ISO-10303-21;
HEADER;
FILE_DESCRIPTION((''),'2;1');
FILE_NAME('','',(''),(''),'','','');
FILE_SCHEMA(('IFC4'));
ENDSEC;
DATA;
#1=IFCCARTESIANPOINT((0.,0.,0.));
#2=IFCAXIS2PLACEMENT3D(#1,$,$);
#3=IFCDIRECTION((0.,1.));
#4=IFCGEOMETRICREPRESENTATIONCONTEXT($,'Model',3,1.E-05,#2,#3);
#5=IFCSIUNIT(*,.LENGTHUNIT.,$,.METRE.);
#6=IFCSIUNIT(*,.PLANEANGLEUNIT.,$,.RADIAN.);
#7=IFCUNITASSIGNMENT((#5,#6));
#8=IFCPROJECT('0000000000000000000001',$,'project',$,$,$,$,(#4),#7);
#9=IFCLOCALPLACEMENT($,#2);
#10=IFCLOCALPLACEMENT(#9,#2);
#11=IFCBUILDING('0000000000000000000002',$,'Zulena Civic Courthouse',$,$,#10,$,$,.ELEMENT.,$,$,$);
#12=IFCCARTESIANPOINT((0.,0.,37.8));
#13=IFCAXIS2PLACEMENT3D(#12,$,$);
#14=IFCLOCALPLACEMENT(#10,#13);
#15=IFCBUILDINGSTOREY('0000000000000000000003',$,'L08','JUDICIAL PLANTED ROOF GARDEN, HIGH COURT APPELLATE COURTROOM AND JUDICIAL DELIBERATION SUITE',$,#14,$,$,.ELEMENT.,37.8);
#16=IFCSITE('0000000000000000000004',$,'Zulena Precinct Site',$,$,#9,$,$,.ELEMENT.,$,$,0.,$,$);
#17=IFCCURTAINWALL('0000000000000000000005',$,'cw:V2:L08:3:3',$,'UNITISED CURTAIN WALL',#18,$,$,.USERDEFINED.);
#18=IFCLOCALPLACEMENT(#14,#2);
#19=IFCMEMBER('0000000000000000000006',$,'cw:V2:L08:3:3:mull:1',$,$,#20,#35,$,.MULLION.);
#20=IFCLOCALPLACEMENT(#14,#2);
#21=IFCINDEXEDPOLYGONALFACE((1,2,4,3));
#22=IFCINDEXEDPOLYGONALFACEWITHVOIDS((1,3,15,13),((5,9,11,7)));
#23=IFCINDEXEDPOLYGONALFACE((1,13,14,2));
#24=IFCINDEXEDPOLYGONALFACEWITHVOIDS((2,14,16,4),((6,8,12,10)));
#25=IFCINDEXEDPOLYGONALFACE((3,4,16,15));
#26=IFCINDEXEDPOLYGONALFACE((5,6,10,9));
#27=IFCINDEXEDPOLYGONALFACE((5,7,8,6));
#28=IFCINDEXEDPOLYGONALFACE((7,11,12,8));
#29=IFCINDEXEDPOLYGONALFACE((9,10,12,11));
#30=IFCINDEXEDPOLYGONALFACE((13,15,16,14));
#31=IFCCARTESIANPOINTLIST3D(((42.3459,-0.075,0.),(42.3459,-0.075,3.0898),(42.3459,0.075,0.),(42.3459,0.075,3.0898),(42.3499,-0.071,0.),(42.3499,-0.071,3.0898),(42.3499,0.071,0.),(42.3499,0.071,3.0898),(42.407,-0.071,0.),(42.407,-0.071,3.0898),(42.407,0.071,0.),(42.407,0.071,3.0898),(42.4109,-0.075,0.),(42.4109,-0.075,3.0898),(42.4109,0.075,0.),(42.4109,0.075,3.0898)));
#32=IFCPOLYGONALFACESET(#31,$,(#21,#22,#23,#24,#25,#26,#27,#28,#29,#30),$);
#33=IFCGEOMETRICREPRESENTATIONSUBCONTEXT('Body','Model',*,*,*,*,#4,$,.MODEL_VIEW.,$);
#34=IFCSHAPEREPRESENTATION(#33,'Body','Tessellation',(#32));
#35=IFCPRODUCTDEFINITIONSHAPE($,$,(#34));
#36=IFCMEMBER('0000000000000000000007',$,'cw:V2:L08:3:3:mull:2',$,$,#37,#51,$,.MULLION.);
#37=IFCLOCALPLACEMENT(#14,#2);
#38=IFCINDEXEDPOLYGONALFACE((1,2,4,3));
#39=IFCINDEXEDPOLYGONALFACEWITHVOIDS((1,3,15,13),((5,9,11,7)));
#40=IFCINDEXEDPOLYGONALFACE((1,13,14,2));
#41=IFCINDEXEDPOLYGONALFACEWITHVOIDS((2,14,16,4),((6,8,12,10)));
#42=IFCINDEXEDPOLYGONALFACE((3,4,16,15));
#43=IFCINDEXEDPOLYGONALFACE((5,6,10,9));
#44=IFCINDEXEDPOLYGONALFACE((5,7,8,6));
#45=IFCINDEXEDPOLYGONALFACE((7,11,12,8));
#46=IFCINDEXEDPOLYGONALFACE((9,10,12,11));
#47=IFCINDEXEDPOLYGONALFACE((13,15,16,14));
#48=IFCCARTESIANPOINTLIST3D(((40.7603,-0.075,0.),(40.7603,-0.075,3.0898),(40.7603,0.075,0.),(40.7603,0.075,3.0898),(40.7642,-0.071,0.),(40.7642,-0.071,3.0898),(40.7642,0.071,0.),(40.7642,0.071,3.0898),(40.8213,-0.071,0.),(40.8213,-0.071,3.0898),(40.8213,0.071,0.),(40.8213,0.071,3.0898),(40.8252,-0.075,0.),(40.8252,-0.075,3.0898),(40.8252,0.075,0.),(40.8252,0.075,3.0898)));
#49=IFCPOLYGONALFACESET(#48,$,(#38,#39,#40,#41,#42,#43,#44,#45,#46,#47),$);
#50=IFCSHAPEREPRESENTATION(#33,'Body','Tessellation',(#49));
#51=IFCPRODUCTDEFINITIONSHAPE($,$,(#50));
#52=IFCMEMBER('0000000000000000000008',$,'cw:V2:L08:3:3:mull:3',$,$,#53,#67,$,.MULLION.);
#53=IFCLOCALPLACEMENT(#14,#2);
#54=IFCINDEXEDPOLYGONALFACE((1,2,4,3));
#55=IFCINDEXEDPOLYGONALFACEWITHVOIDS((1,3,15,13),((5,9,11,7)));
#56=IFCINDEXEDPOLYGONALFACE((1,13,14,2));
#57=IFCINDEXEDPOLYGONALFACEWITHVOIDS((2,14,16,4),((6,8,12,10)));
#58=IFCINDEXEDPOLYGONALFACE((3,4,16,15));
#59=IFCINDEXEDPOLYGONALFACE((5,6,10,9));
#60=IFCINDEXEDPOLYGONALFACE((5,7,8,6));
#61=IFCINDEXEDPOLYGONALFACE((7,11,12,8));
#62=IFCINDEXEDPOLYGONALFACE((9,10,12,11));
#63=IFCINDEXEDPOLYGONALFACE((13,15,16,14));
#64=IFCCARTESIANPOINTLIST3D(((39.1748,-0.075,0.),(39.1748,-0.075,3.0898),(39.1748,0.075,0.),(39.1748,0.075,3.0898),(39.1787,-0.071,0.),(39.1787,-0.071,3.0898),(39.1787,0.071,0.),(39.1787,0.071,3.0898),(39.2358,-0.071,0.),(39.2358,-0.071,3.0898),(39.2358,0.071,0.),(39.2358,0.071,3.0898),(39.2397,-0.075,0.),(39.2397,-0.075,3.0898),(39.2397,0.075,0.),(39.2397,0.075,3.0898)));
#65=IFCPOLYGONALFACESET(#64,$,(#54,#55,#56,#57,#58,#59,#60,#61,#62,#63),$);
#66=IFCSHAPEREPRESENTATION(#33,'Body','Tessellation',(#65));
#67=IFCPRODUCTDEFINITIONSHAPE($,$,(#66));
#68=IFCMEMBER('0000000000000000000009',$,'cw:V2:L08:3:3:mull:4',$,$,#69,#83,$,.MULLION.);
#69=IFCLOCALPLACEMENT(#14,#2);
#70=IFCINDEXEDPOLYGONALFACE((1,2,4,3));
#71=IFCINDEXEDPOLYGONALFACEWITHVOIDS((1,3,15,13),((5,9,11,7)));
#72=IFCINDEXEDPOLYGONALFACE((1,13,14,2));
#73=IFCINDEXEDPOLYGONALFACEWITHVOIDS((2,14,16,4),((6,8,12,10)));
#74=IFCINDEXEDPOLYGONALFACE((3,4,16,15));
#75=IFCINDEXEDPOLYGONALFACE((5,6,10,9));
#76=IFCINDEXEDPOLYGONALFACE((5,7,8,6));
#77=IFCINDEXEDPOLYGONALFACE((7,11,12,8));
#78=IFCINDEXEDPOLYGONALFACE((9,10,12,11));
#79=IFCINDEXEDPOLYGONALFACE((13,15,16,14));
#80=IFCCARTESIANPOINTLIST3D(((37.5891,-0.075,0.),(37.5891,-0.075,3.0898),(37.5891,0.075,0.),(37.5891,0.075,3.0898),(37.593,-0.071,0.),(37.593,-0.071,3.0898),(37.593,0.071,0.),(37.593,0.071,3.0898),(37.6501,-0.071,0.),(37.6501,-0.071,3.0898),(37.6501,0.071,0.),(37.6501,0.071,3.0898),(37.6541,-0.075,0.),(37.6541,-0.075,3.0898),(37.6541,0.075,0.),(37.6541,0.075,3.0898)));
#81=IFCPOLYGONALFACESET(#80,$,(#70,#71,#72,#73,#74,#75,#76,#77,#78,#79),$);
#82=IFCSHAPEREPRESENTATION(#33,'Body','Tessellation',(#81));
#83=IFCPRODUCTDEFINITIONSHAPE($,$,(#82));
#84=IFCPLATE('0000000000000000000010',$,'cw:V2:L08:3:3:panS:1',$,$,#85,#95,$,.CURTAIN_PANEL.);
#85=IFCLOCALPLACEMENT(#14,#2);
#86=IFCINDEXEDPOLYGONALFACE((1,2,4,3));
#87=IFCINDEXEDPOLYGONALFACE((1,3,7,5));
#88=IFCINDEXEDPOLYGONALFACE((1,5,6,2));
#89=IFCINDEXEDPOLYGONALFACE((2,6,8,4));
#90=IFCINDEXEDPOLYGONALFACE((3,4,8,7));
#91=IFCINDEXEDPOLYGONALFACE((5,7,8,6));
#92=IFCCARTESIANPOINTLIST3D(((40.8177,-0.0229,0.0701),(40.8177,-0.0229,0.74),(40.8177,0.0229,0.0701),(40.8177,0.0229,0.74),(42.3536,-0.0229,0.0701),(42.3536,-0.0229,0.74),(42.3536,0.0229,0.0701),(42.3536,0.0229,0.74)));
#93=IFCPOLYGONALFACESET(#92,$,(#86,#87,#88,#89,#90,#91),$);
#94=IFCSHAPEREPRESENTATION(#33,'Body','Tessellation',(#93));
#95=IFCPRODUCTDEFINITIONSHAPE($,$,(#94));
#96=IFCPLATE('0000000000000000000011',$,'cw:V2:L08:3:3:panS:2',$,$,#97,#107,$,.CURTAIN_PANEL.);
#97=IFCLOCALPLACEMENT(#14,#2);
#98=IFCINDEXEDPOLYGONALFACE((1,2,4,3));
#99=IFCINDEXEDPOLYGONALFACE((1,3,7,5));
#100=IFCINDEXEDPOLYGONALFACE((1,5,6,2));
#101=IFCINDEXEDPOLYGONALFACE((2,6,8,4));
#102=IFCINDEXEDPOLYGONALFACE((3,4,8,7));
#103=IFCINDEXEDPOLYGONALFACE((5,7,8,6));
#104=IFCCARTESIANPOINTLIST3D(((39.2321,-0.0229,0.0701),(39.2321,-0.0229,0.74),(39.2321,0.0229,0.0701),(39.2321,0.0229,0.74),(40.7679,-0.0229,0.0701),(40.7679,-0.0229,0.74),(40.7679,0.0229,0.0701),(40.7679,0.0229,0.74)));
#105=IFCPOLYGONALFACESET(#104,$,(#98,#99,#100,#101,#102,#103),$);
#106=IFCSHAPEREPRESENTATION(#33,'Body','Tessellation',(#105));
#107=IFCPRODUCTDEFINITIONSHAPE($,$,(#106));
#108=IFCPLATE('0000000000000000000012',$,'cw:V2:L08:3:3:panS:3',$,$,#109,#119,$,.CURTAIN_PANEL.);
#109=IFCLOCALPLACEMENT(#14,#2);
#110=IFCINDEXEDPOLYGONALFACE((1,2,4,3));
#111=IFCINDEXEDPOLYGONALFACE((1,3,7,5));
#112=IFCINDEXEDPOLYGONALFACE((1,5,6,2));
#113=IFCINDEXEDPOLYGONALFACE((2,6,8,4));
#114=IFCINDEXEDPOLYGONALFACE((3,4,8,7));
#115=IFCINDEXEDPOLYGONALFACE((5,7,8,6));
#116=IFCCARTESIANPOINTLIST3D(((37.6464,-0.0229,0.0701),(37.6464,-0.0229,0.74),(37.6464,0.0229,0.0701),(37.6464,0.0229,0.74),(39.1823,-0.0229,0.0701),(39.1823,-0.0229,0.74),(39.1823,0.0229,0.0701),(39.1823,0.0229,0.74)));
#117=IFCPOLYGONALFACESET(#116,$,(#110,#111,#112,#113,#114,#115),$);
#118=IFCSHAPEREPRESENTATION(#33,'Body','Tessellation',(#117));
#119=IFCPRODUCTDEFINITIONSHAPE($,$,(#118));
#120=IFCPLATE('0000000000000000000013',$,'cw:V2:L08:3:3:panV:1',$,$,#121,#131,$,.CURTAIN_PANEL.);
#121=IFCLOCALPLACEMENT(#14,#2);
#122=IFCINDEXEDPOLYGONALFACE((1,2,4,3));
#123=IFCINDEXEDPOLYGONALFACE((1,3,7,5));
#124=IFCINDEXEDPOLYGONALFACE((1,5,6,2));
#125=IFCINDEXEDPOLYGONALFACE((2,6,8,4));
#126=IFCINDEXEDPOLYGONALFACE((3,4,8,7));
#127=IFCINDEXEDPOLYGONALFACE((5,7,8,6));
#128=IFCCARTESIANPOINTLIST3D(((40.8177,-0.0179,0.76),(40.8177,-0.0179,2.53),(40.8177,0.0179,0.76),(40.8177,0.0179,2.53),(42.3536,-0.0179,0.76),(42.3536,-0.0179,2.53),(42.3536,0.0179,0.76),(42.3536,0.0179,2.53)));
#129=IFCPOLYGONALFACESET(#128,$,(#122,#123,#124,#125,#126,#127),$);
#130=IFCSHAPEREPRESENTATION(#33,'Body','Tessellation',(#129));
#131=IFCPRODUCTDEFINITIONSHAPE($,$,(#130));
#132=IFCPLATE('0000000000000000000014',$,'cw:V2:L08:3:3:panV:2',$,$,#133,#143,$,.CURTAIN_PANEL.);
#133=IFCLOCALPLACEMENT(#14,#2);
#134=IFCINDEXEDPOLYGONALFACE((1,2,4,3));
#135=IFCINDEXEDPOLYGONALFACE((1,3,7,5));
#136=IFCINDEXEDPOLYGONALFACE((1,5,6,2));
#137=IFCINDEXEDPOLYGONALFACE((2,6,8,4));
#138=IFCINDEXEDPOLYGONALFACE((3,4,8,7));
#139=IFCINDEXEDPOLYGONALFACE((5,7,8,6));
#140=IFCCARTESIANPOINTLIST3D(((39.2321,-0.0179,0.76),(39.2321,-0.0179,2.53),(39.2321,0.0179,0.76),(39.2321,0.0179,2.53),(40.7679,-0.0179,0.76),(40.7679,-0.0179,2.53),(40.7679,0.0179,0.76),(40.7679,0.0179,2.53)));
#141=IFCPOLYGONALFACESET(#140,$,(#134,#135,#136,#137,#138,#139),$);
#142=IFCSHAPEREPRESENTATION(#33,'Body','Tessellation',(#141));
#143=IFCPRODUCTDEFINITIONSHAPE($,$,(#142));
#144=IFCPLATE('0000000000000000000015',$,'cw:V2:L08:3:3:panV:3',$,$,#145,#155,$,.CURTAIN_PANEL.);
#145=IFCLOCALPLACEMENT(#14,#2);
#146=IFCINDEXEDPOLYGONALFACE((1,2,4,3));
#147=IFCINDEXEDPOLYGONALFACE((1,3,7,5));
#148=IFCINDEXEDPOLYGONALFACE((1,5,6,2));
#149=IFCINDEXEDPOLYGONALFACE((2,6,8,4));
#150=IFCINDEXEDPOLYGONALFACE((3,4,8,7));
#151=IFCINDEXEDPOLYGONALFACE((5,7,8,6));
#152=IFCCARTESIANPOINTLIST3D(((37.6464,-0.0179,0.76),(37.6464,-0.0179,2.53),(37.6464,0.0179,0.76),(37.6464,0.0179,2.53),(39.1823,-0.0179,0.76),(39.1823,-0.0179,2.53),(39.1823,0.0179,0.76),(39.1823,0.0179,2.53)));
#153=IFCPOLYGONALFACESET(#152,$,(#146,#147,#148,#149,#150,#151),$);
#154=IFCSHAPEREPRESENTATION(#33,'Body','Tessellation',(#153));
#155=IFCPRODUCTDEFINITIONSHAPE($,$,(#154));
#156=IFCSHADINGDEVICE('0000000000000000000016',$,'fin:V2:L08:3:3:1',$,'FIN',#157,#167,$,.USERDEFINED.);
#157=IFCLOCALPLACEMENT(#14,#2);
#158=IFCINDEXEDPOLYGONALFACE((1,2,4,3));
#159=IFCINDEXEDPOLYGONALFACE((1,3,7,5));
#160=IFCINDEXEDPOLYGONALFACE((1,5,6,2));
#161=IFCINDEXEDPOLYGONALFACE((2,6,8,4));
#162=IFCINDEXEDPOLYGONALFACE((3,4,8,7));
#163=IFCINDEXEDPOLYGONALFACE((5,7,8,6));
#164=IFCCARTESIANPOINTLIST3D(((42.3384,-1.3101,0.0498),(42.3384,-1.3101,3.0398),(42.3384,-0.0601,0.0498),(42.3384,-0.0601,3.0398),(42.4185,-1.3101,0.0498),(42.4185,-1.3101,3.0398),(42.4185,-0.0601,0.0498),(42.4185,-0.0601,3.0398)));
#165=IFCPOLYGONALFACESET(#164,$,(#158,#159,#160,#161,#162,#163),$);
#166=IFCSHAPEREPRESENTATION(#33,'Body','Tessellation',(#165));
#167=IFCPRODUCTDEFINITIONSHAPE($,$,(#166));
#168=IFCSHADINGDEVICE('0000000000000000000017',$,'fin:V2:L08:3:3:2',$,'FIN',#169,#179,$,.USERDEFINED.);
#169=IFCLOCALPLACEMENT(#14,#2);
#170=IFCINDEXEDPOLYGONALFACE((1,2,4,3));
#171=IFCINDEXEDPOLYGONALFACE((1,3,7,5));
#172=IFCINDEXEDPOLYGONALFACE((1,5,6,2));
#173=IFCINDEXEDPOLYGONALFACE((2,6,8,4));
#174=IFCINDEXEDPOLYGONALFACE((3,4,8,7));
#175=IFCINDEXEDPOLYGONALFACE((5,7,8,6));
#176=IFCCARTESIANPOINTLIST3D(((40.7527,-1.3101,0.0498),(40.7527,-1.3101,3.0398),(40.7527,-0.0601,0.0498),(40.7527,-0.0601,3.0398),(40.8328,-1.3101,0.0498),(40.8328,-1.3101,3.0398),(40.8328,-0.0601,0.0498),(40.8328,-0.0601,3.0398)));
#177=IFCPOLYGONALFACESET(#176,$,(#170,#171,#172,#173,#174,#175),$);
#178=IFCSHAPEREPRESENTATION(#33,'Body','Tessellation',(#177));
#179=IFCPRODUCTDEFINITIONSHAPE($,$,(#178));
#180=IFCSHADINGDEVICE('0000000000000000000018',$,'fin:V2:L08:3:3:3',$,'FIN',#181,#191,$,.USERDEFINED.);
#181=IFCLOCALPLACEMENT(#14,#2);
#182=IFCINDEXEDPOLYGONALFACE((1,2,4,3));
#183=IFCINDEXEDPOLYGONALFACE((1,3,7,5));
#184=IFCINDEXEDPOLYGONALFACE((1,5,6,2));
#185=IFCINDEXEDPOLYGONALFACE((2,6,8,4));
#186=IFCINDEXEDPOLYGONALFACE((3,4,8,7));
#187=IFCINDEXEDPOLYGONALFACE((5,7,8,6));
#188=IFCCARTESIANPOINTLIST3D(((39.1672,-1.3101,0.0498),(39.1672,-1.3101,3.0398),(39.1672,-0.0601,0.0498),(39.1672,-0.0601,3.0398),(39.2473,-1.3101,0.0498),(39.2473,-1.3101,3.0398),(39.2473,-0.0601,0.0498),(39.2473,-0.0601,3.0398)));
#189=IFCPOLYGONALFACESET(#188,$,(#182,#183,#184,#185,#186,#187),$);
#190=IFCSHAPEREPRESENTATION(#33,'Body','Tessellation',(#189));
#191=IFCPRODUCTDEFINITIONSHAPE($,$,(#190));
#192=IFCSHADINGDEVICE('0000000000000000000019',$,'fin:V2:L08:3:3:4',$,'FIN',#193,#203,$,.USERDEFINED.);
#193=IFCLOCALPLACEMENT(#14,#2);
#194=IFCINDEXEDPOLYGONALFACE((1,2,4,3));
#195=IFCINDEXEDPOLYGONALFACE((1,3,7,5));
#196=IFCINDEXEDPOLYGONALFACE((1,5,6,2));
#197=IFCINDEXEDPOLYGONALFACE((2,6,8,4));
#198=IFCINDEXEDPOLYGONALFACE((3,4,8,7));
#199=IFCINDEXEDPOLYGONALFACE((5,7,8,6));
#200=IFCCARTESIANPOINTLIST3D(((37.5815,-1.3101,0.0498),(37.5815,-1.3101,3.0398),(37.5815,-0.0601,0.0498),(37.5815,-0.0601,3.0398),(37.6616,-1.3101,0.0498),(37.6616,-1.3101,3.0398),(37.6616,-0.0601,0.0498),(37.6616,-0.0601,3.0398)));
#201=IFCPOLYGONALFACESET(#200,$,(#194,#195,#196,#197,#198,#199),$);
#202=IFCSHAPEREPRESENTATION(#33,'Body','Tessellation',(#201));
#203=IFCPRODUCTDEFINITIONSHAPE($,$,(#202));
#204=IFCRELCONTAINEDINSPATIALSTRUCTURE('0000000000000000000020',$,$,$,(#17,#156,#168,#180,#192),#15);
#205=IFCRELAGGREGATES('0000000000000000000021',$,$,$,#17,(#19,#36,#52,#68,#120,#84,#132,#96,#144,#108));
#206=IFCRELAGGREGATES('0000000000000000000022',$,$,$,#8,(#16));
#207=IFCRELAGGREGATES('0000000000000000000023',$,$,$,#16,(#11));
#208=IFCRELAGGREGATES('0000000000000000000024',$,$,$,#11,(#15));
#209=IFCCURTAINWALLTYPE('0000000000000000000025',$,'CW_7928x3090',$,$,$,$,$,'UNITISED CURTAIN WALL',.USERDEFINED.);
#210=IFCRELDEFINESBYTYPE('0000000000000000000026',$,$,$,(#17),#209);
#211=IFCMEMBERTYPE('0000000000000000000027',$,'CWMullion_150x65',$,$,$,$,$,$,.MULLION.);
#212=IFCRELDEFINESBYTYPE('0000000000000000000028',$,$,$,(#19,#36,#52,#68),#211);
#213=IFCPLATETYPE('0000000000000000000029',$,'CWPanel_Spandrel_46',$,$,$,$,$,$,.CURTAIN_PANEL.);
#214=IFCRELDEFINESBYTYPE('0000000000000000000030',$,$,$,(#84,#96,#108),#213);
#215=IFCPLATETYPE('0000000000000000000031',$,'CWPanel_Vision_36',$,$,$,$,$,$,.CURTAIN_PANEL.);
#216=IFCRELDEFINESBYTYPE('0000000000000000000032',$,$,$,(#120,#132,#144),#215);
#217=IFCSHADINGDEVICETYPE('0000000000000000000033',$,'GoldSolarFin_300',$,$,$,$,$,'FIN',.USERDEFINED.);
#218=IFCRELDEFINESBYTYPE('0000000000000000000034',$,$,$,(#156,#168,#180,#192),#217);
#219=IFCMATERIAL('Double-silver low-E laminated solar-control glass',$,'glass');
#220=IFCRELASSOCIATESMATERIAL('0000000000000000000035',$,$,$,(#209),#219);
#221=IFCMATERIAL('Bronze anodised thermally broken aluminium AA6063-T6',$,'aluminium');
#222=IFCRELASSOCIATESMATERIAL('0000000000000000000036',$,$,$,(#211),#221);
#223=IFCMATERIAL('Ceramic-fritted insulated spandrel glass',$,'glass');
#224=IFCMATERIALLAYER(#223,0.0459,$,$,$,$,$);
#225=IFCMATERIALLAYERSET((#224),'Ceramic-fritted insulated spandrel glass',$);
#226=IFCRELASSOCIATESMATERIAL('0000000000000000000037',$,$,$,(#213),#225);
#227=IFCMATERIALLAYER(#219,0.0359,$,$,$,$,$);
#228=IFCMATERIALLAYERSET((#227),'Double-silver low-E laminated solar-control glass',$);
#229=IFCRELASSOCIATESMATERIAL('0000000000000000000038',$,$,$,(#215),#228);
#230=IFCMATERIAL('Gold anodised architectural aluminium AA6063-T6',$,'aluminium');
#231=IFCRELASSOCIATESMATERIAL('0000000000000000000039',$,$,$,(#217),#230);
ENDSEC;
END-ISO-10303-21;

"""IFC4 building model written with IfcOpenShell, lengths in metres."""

from ifc_helpers import new_model, si_unit, direction, frame, origin, origin_2d, place, context, subcontext, project, spatial, rectangle, hollow_rectangle, extrude, material, layer, layer_set, material_profile, profile_set, type_object, element, aggregate, save


model = new_model("IFC4")

# Units and contexts
model_context = context("Model", 3, precision=1e-05, world=origin(), true_north=direction((0.0, 1.0)))
body_context = subcontext(model_context, "Body", "Model", "MODEL_VIEW")
ifc_project = project(units=[si_unit("LENGTHUNIT", "METRE"), si_unit("PLANEANGLEUNIT", "RADIAN")], contexts=[model_context])

# Site, building, storey
site_placement = place(None, origin())
site = spatial("IfcSite", under=ifc_project, at=site_placement, Name="Zulena Precinct Site", CompositionType="ELEMENT", RefElevation=0.0)
building_placement = place(site_placement, origin())
building = spatial("IfcBuilding", under=site, at=building_placement, Name="Zulena Civic Courthouse", CompositionType="ELEMENT")
storey_placement = place(building_placement, frame((0.0, 0.0, 37.8)))
storey = spatial("IfcBuildingStorey", under=building, at=storey_placement, Name="L08", Description="JUDICIAL PLANTED ROOF GARDEN, HIGH COURT APPELLATE COURTROOM AND JUDICIAL DELIBERATION SUITE", CompositionType="ELEMENT", Elevation=37.8)

# Curtain wall, members, plates
ifc_material_1 = material(Name="Double-silver low-E laminated solar-control glass", Category="glass")
curtain_wall_type = type_object("IfcCurtainWallType", Name="CW_7928x3090", ElementType="UNITISED CURTAIN WALL", PredefinedType="USERDEFINED", material=ifc_material_1)
curtain_wall_placement = place(storey_placement, origin())
curtain_wall = element("IfcCurtainWall", 1, at=curtain_wall_placement, inside=storey, type_object=curtain_wall_type, Name="cw:V2:L08:3:3", ObjectType="UNITISED CURTAIN WALL", PredefinedType="USERDEFINED")
ifc_material_2 = material(Name="Bronze anodised thermally broken aluminium AA6063-T6", Category="aluminium")
ifc_material_profile = material_profile(ifc_material_2, hollow_rectangle(XDim=0.0649, YDim=0.1499, WallThickness=0.0039, at=origin_2d()), Name="CWM150X65X4")
ifc_profile_set = profile_set([ifc_material_profile], Name="Bronze anodised thermally broken aluminium AA6063-T6")
member_type = type_object("IfcMemberType", Name="CWMullion_150x65", PredefinedType="MULLION", material=ifc_profile_set)
member_1_placement = place(storey_placement, frame((42.3784, 0.0, 0.0), z_axis=(0.0, 0.0, 1.0), x_axis=(1.0, 0.0, 0.0)))
member_1 = element("IfcMember", 2, at=member_1_placement, type_object=member_type, Name="cw:V2:L08:3:3:mull:1", PredefinedType="MULLION", context=body_context, shape_type="SweptSolid", body=[
    extrude(hollow_rectangle(XDim=0.0649, YDim=0.1499, WallThickness=0.0039, at=origin_2d()), origin(), (0.0, 0.0, 1.0), 3.0898),
])
member_2_placement = place(storey_placement, frame((40.7927, 0.0, 0.0), z_axis=(0.0, 0.0, 1.0), x_axis=(1.0, 0.0, 0.0)))
member_2 = element("IfcMember", 3, at=member_2_placement, type_object=member_type, Name="cw:V2:L08:3:3:mull:2", PredefinedType="MULLION", context=body_context, shape_type="SweptSolid", body=[
    extrude(hollow_rectangle(XDim=0.0649, YDim=0.1499, WallThickness=0.0039, at=origin_2d()), origin(), (0.0, 0.0, 1.0), 3.0898),
])
member_3_placement = place(storey_placement, frame((39.2073, 0.0, 0.0), z_axis=(0.0, 0.0, 1.0), x_axis=(1.0, 0.0, 0.0)))
member_3 = element("IfcMember", 4, at=member_3_placement, type_object=member_type, Name="cw:V2:L08:3:3:mull:3", PredefinedType="MULLION", context=body_context, shape_type="SweptSolid", body=[
    extrude(hollow_rectangle(XDim=0.0649, YDim=0.1499, WallThickness=0.0039, at=origin_2d()), origin(), (0.0, 0.0, 1.0), 3.0898),
])
member_4_placement = place(storey_placement, frame((37.6216, 0.0, 0.0), z_axis=(0.0, 0.0, 1.0), x_axis=(1.0, 0.0, 0.0)))
member_4 = element("IfcMember", 5, at=member_4_placement, type_object=member_type, Name="cw:V2:L08:3:3:mull:4", PredefinedType="MULLION", context=body_context, shape_type="SweptSolid", body=[
    extrude(hollow_rectangle(XDim=0.0649, YDim=0.1499, WallThickness=0.0039, at=origin_2d()), origin(), (0.0, 0.0, 1.0), 3.0898),
])
ifc_material_3 = material(Name="Ceramic-fritted insulated spandrel glass", Category="glass")
ifc_layer_1 = layer(ifc_material_3, 0.0459)
ifc_layer_set_1 = layer_set([ifc_layer_1], Name="Ceramic-fritted insulated spandrel glass")
plate_type_1 = type_object("IfcPlateType", Name="CWPanel_Spandrel_46", PredefinedType="CURTAIN_PANEL", material=ifc_layer_set_1)
plate_1_placement = place(storey_placement, frame((41.5857, 0.0, 0.0701), z_axis=(0.0, 0.0, 1.0), x_axis=(-1.0, 0.0, 0.0)))
plate_1 = element("IfcPlate", 6, at=plate_1_placement, type_object=plate_type_1, Name="cw:V2:L08:3:3:panS:1", PredefinedType="CURTAIN_PANEL", context=body_context, shape_type="SweptSolid", body=[
    extrude(rectangle(XDim=1.5359, YDim=0.0459, at=origin_2d()), origin(), (0.0, 0.0, 1.0), 0.6699),
])
plate_2_placement = place(storey_placement, frame((40.0, 0.0, 0.0701), z_axis=(0.0, 0.0, 1.0), x_axis=(-1.0, 0.0, 0.0)))
plate_2 = element("IfcPlate", 7, at=plate_2_placement, type_object=plate_type_1, Name="cw:V2:L08:3:3:panS:2", PredefinedType="CURTAIN_PANEL", context=body_context, shape_type="SweptSolid", body=[
    extrude(rectangle(XDim=1.5359, YDim=0.0459, at=origin_2d()), origin(), (0.0, 0.0, 1.0), 0.6699),
])
plate_3_placement = place(storey_placement, frame((38.4143, 0.0, 0.0701), z_axis=(0.0, 0.0, 1.0), x_axis=(-1.0, 0.0, 0.0)))
plate_3 = element("IfcPlate", 8, at=plate_3_placement, type_object=plate_type_1, Name="cw:V2:L08:3:3:panS:3", PredefinedType="CURTAIN_PANEL", context=body_context, shape_type="SweptSolid", body=[
    extrude(rectangle(XDim=1.5359, YDim=0.0459, at=origin_2d()), origin(), (0.0, 0.0, 1.0), 0.6699),
])
ifc_layer_2 = layer(ifc_material_1, 0.0359)
ifc_layer_set_2 = layer_set([ifc_layer_2], Name="Double-silver low-E laminated solar-control glass")
plate_type_2 = type_object("IfcPlateType", Name="CWPanel_Vision_36", PredefinedType="CURTAIN_PANEL", material=ifc_layer_set_2)
plate_4_placement = place(storey_placement, frame((41.5857, 0.0, 0.76), z_axis=(0.0, 0.0, 1.0), x_axis=(-1.0, 0.0, 0.0)))
plate_4 = element("IfcPlate", 9, at=plate_4_placement, type_object=plate_type_2, Name="cw:V2:L08:3:3:panV:1", PredefinedType="CURTAIN_PANEL", context=body_context, shape_type="SweptSolid", body=[
    extrude(rectangle(XDim=1.5359, YDim=0.0359, at=origin_2d()), origin(), (0.0, 0.0, 1.0), 1.77),
])
plate_5_placement = place(storey_placement, frame((40.0, 0.0, 0.76), z_axis=(0.0, 0.0, 1.0), x_axis=(-1.0, 0.0, 0.0)))
plate_5 = element("IfcPlate", 10, at=plate_5_placement, type_object=plate_type_2, Name="cw:V2:L08:3:3:panV:2", PredefinedType="CURTAIN_PANEL", context=body_context, shape_type="SweptSolid", body=[
    extrude(rectangle(XDim=1.5359, YDim=0.0359, at=origin_2d()), origin(), (0.0, 0.0, 1.0), 1.77),
])
plate_6_placement = place(storey_placement, frame((38.4143, 0.0, 0.76), z_axis=(0.0, 0.0, 1.0), x_axis=(-1.0, 0.0, 0.0)))
plate_6 = element("IfcPlate", 11, at=plate_6_placement, type_object=plate_type_2, Name="cw:V2:L08:3:3:panV:3", PredefinedType="CURTAIN_PANEL", context=body_context, shape_type="SweptSolid", body=[
    extrude(rectangle(XDim=1.5359, YDim=0.0359, at=origin_2d()), origin(), (0.0, 0.0, 1.0), 1.77),
])
aggregate(curtain_wall, [member_1, member_2, member_3, member_4, plate_4, plate_1, plate_5, plate_2, plate_6, plate_3])

# Shading devices
ifc_material_4 = material(Name="Gold anodised architectural aluminium AA6063-T6", Category="aluminium")
shading_device_type = type_object("IfcShadingDeviceType", Name="GoldSolarFin_300", ElementType="FIN", PredefinedType="USERDEFINED", material=ifc_material_4)
for number, where, z_axis, x_axis, name in (
    (12, (42.3784, -0.6851, 0.0498), (0.0, 0.0, 1.0), (0.0, -1.0, 0.0), "fin:V2:L08:3:3:1"),
    (13, (40.7927, -0.6851, 0.0498), (0.0, 0.0, 1.0), (0.0, -1.0, 0.0), "fin:V2:L08:3:3:2"),
    (14, (39.2073, -0.6851, 0.0498), (0.0, 0.0, 1.0), (0.0, -1.0, 0.0), "fin:V2:L08:3:3:3"),
    (15, (37.6216, -0.6851, 0.0498), (0.0, 0.0, 1.0), (0.0, -1.0, 0.0), "fin:V2:L08:3:3:4"),
):
    element("IfcShadingDevice", number, at=place(storey_placement, frame(where, z_axis=z_axis, x_axis=x_axis)), inside=storey, type_object=shading_device_type, Name=name, ObjectType="FIN", PredefinedType="USERDEFINED", context=body_context, shape_type="SweptSolid", body=[
        extrude(rectangle(XDim=1.25, YDim=0.0801, at=origin_2d()), origin(), (0.0, 0.0, 1.0), 2.99),
    ])

save(model, "model.ifc")
